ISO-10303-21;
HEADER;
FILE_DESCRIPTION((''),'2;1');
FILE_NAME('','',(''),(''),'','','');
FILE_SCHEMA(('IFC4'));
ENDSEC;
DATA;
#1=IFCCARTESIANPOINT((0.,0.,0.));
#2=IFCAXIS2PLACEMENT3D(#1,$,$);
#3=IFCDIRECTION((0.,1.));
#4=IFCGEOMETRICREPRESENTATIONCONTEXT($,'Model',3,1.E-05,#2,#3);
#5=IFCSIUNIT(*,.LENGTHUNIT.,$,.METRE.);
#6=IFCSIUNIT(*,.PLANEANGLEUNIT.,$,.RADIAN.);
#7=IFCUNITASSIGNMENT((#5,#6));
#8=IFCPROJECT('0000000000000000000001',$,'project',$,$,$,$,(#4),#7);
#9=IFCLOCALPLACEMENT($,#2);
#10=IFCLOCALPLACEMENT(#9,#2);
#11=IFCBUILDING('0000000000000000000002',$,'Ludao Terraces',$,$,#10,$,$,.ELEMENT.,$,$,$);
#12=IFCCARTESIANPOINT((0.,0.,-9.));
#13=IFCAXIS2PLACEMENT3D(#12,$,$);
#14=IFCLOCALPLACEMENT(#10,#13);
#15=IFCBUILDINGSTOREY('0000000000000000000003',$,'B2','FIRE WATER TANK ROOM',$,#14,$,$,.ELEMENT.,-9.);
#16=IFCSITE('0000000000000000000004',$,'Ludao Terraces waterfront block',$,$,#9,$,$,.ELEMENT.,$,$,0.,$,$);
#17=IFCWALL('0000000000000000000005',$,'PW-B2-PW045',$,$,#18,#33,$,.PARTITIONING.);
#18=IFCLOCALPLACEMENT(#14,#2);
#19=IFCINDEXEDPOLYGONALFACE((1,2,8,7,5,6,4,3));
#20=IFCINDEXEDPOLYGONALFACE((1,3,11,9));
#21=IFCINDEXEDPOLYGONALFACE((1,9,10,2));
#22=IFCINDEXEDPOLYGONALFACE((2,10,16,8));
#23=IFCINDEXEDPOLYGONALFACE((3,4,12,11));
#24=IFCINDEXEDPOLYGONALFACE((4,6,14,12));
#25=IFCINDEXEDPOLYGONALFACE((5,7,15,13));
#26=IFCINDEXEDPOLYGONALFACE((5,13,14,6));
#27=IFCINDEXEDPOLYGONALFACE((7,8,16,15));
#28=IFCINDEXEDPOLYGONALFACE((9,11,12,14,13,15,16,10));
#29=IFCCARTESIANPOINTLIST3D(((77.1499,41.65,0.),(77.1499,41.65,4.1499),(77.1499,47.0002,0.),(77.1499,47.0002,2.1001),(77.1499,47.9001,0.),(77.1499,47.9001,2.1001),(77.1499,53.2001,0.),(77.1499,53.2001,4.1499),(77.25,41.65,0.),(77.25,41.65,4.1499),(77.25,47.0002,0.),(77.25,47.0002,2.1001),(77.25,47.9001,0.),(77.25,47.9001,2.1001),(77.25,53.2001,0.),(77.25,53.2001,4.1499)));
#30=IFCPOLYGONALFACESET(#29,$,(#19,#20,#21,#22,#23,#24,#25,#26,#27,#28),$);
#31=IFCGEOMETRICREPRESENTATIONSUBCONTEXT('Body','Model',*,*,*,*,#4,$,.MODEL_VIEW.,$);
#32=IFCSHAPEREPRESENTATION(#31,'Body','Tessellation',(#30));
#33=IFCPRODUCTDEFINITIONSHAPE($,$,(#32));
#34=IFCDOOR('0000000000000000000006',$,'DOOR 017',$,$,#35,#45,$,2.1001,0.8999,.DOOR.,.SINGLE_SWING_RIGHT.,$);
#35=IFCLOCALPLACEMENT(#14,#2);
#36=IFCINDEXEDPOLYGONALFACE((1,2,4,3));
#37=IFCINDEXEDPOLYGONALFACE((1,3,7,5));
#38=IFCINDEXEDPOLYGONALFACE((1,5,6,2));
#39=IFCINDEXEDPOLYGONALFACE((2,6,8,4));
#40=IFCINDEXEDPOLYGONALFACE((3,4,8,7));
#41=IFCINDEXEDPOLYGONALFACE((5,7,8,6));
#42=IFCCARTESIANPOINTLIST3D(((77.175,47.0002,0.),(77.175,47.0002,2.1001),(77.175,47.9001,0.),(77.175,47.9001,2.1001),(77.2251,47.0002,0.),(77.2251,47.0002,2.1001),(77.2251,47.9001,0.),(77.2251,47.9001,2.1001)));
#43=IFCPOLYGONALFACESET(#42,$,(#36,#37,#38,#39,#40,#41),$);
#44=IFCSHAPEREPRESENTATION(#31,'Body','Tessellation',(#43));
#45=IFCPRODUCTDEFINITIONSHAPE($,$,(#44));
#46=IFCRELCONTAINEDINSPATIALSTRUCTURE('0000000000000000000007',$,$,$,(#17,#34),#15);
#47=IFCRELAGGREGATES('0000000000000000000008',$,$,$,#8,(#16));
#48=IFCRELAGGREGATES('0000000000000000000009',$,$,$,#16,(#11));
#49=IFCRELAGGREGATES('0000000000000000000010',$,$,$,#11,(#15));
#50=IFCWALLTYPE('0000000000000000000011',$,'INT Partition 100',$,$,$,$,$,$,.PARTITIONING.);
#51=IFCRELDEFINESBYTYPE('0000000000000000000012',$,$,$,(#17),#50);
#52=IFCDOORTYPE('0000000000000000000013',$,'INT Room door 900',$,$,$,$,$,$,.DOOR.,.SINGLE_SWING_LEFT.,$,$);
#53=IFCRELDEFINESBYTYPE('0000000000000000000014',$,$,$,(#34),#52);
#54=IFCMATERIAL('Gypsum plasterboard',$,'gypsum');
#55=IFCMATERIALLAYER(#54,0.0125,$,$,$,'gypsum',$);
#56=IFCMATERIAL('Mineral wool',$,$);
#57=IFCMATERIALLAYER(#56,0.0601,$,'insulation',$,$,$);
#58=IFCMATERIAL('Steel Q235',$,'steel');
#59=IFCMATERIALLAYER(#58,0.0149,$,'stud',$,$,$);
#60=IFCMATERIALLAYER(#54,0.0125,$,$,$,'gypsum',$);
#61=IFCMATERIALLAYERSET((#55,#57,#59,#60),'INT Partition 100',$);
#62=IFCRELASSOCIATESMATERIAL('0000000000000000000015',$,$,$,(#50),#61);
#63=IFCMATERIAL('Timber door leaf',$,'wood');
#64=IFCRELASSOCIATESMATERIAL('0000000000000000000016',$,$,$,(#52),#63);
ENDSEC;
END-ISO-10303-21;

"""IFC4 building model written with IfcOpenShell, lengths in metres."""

from ifc_helpers import new_model, si_unit, direction, frame, frame_2d, origin, place, context, subcontext, project, spatial, rectangle, extrude, material, layer, layer_set, type_object, element, fill, save


model = new_model("IFC4")

# Units and contexts
model_context = context("Model", 3, precision=1e-05, world=origin(), true_north=direction((0.0, 1.0)))
body_context = subcontext(model_context, "Body", "Model", "MODEL_VIEW")
ifc_project = project(units=[si_unit("LENGTHUNIT", "METRE"), si_unit("PLANEANGLEUNIT", "RADIAN")], contexts=[model_context])

# Site, building, storey
site_placement = place(None, origin())
site = spatial("IfcSite", under=ifc_project, at=site_placement, Name="Ludao Terraces waterfront block", CompositionType="ELEMENT", RefElevation=0.0)
building_placement = place(site_placement, origin())
building = spatial("IfcBuilding", under=site, at=building_placement, Name="Ludao Terraces", CompositionType="ELEMENT")
storey_placement = place(building_placement, frame((0.0, 0.0, -9.0)))
storey = spatial("IfcBuildingStorey", under=building, at=storey_placement, Name="B2", Description="FIRE WATER TANK ROOM", CompositionType="ELEMENT", Elevation=-9.0)

# Shared definitions
ifc_material_1 = material(Name="Gypsum plasterboard", Category="gypsum")
ifc_layer_1 = layer(ifc_material_1, 0.0125, Category="gypsum")
ifc_material_2 = material(Name="Mineral wool")
ifc_layer_2 = layer(ifc_material_2, 0.0601, Name="insulation")
ifc_material_3 = material(Name="Steel Q235", Category="steel")
ifc_layer_3 = layer(ifc_material_3, 0.0149, Name="stud")
ifc_layer_4 = layer(ifc_material_1, 0.0125, Category="gypsum")
ifc_layer_set = layer_set([ifc_layer_1, ifc_layer_2, ifc_layer_3, ifc_layer_4], Name="INT Partition 100")
wall_type = type_object("IfcWallType", Name="INT Partition 100", PredefinedType="PARTITIONING", material=ifc_layer_set)

# Wall, opening, door
wall_1_placement = place(storey_placement, frame((77.2, 41.6501, 0.0), z_axis=(0.0, 0.0, 1.0), x_axis=(0.0, 1.0, 0.0)))
wall_1 = element("IfcWall", 1, at=wall_1_placement, inside=storey, type_object=wall_type, Name="PW-B2-PW045", PredefinedType="PARTITIONING", context=body_context, shape_type="SweptSolid", body=[
    extrude(rectangle(XDim=11.55, YDim=0.1001, at=frame_2d((5.7749, 0.0))), origin(), (0.0, 0.0, 1.0), 4.1499),
])
opening_placement = place(wall_1_placement, frame((5.3501, 0.0, 0.0)))
opening = element("IfcOpeningElement", 2, at=opening_placement, cuts=wall_1, PredefinedType="OPENING", context=body_context, shape_type="SweptSolid", body=[
    extrude(rectangle(XDim=0.8999, YDim=2.1001, at=frame_2d((0.45, 1.05))), frame((0.0, 0.0601, 0.0), z_axis=(0.0, -1.0, 0.0), x_axis=(1.0, 0.0, 0.0)), (0.0, 0.0, 1.0), 0.1201),
])
ifc_material_4 = material(Name="Timber door leaf", Category="wood")
door_type = type_object("IfcDoorType", Name="INT Room door 900", OperationType="SINGLE_SWING_LEFT", PredefinedType="DOOR", material=ifc_material_4)
door_placement = place(opening_placement, origin())
door = element("IfcDoor", 3, at=door_placement, inside=storey, type_object=door_type, Name="DOOR 017", OperationType="SINGLE_SWING_RIGHT", OverallHeight=2.1001, OverallWidth=0.8999, PredefinedType="DOOR", context=body_context, shape_type="SweptSolid", body=[
    extrude(rectangle(XDim=0.8999, YDim=2.1001, at=frame_2d((0.45, 1.05))), frame((0.0, 0.0249, 0.0), z_axis=(0.0, -1.0, 0.0), x_axis=(1.0, 0.0, 0.0)), (0.0, 0.0, 1.0), 0.05),
])
fill(opening, door)

save(model, "model.ifc")
